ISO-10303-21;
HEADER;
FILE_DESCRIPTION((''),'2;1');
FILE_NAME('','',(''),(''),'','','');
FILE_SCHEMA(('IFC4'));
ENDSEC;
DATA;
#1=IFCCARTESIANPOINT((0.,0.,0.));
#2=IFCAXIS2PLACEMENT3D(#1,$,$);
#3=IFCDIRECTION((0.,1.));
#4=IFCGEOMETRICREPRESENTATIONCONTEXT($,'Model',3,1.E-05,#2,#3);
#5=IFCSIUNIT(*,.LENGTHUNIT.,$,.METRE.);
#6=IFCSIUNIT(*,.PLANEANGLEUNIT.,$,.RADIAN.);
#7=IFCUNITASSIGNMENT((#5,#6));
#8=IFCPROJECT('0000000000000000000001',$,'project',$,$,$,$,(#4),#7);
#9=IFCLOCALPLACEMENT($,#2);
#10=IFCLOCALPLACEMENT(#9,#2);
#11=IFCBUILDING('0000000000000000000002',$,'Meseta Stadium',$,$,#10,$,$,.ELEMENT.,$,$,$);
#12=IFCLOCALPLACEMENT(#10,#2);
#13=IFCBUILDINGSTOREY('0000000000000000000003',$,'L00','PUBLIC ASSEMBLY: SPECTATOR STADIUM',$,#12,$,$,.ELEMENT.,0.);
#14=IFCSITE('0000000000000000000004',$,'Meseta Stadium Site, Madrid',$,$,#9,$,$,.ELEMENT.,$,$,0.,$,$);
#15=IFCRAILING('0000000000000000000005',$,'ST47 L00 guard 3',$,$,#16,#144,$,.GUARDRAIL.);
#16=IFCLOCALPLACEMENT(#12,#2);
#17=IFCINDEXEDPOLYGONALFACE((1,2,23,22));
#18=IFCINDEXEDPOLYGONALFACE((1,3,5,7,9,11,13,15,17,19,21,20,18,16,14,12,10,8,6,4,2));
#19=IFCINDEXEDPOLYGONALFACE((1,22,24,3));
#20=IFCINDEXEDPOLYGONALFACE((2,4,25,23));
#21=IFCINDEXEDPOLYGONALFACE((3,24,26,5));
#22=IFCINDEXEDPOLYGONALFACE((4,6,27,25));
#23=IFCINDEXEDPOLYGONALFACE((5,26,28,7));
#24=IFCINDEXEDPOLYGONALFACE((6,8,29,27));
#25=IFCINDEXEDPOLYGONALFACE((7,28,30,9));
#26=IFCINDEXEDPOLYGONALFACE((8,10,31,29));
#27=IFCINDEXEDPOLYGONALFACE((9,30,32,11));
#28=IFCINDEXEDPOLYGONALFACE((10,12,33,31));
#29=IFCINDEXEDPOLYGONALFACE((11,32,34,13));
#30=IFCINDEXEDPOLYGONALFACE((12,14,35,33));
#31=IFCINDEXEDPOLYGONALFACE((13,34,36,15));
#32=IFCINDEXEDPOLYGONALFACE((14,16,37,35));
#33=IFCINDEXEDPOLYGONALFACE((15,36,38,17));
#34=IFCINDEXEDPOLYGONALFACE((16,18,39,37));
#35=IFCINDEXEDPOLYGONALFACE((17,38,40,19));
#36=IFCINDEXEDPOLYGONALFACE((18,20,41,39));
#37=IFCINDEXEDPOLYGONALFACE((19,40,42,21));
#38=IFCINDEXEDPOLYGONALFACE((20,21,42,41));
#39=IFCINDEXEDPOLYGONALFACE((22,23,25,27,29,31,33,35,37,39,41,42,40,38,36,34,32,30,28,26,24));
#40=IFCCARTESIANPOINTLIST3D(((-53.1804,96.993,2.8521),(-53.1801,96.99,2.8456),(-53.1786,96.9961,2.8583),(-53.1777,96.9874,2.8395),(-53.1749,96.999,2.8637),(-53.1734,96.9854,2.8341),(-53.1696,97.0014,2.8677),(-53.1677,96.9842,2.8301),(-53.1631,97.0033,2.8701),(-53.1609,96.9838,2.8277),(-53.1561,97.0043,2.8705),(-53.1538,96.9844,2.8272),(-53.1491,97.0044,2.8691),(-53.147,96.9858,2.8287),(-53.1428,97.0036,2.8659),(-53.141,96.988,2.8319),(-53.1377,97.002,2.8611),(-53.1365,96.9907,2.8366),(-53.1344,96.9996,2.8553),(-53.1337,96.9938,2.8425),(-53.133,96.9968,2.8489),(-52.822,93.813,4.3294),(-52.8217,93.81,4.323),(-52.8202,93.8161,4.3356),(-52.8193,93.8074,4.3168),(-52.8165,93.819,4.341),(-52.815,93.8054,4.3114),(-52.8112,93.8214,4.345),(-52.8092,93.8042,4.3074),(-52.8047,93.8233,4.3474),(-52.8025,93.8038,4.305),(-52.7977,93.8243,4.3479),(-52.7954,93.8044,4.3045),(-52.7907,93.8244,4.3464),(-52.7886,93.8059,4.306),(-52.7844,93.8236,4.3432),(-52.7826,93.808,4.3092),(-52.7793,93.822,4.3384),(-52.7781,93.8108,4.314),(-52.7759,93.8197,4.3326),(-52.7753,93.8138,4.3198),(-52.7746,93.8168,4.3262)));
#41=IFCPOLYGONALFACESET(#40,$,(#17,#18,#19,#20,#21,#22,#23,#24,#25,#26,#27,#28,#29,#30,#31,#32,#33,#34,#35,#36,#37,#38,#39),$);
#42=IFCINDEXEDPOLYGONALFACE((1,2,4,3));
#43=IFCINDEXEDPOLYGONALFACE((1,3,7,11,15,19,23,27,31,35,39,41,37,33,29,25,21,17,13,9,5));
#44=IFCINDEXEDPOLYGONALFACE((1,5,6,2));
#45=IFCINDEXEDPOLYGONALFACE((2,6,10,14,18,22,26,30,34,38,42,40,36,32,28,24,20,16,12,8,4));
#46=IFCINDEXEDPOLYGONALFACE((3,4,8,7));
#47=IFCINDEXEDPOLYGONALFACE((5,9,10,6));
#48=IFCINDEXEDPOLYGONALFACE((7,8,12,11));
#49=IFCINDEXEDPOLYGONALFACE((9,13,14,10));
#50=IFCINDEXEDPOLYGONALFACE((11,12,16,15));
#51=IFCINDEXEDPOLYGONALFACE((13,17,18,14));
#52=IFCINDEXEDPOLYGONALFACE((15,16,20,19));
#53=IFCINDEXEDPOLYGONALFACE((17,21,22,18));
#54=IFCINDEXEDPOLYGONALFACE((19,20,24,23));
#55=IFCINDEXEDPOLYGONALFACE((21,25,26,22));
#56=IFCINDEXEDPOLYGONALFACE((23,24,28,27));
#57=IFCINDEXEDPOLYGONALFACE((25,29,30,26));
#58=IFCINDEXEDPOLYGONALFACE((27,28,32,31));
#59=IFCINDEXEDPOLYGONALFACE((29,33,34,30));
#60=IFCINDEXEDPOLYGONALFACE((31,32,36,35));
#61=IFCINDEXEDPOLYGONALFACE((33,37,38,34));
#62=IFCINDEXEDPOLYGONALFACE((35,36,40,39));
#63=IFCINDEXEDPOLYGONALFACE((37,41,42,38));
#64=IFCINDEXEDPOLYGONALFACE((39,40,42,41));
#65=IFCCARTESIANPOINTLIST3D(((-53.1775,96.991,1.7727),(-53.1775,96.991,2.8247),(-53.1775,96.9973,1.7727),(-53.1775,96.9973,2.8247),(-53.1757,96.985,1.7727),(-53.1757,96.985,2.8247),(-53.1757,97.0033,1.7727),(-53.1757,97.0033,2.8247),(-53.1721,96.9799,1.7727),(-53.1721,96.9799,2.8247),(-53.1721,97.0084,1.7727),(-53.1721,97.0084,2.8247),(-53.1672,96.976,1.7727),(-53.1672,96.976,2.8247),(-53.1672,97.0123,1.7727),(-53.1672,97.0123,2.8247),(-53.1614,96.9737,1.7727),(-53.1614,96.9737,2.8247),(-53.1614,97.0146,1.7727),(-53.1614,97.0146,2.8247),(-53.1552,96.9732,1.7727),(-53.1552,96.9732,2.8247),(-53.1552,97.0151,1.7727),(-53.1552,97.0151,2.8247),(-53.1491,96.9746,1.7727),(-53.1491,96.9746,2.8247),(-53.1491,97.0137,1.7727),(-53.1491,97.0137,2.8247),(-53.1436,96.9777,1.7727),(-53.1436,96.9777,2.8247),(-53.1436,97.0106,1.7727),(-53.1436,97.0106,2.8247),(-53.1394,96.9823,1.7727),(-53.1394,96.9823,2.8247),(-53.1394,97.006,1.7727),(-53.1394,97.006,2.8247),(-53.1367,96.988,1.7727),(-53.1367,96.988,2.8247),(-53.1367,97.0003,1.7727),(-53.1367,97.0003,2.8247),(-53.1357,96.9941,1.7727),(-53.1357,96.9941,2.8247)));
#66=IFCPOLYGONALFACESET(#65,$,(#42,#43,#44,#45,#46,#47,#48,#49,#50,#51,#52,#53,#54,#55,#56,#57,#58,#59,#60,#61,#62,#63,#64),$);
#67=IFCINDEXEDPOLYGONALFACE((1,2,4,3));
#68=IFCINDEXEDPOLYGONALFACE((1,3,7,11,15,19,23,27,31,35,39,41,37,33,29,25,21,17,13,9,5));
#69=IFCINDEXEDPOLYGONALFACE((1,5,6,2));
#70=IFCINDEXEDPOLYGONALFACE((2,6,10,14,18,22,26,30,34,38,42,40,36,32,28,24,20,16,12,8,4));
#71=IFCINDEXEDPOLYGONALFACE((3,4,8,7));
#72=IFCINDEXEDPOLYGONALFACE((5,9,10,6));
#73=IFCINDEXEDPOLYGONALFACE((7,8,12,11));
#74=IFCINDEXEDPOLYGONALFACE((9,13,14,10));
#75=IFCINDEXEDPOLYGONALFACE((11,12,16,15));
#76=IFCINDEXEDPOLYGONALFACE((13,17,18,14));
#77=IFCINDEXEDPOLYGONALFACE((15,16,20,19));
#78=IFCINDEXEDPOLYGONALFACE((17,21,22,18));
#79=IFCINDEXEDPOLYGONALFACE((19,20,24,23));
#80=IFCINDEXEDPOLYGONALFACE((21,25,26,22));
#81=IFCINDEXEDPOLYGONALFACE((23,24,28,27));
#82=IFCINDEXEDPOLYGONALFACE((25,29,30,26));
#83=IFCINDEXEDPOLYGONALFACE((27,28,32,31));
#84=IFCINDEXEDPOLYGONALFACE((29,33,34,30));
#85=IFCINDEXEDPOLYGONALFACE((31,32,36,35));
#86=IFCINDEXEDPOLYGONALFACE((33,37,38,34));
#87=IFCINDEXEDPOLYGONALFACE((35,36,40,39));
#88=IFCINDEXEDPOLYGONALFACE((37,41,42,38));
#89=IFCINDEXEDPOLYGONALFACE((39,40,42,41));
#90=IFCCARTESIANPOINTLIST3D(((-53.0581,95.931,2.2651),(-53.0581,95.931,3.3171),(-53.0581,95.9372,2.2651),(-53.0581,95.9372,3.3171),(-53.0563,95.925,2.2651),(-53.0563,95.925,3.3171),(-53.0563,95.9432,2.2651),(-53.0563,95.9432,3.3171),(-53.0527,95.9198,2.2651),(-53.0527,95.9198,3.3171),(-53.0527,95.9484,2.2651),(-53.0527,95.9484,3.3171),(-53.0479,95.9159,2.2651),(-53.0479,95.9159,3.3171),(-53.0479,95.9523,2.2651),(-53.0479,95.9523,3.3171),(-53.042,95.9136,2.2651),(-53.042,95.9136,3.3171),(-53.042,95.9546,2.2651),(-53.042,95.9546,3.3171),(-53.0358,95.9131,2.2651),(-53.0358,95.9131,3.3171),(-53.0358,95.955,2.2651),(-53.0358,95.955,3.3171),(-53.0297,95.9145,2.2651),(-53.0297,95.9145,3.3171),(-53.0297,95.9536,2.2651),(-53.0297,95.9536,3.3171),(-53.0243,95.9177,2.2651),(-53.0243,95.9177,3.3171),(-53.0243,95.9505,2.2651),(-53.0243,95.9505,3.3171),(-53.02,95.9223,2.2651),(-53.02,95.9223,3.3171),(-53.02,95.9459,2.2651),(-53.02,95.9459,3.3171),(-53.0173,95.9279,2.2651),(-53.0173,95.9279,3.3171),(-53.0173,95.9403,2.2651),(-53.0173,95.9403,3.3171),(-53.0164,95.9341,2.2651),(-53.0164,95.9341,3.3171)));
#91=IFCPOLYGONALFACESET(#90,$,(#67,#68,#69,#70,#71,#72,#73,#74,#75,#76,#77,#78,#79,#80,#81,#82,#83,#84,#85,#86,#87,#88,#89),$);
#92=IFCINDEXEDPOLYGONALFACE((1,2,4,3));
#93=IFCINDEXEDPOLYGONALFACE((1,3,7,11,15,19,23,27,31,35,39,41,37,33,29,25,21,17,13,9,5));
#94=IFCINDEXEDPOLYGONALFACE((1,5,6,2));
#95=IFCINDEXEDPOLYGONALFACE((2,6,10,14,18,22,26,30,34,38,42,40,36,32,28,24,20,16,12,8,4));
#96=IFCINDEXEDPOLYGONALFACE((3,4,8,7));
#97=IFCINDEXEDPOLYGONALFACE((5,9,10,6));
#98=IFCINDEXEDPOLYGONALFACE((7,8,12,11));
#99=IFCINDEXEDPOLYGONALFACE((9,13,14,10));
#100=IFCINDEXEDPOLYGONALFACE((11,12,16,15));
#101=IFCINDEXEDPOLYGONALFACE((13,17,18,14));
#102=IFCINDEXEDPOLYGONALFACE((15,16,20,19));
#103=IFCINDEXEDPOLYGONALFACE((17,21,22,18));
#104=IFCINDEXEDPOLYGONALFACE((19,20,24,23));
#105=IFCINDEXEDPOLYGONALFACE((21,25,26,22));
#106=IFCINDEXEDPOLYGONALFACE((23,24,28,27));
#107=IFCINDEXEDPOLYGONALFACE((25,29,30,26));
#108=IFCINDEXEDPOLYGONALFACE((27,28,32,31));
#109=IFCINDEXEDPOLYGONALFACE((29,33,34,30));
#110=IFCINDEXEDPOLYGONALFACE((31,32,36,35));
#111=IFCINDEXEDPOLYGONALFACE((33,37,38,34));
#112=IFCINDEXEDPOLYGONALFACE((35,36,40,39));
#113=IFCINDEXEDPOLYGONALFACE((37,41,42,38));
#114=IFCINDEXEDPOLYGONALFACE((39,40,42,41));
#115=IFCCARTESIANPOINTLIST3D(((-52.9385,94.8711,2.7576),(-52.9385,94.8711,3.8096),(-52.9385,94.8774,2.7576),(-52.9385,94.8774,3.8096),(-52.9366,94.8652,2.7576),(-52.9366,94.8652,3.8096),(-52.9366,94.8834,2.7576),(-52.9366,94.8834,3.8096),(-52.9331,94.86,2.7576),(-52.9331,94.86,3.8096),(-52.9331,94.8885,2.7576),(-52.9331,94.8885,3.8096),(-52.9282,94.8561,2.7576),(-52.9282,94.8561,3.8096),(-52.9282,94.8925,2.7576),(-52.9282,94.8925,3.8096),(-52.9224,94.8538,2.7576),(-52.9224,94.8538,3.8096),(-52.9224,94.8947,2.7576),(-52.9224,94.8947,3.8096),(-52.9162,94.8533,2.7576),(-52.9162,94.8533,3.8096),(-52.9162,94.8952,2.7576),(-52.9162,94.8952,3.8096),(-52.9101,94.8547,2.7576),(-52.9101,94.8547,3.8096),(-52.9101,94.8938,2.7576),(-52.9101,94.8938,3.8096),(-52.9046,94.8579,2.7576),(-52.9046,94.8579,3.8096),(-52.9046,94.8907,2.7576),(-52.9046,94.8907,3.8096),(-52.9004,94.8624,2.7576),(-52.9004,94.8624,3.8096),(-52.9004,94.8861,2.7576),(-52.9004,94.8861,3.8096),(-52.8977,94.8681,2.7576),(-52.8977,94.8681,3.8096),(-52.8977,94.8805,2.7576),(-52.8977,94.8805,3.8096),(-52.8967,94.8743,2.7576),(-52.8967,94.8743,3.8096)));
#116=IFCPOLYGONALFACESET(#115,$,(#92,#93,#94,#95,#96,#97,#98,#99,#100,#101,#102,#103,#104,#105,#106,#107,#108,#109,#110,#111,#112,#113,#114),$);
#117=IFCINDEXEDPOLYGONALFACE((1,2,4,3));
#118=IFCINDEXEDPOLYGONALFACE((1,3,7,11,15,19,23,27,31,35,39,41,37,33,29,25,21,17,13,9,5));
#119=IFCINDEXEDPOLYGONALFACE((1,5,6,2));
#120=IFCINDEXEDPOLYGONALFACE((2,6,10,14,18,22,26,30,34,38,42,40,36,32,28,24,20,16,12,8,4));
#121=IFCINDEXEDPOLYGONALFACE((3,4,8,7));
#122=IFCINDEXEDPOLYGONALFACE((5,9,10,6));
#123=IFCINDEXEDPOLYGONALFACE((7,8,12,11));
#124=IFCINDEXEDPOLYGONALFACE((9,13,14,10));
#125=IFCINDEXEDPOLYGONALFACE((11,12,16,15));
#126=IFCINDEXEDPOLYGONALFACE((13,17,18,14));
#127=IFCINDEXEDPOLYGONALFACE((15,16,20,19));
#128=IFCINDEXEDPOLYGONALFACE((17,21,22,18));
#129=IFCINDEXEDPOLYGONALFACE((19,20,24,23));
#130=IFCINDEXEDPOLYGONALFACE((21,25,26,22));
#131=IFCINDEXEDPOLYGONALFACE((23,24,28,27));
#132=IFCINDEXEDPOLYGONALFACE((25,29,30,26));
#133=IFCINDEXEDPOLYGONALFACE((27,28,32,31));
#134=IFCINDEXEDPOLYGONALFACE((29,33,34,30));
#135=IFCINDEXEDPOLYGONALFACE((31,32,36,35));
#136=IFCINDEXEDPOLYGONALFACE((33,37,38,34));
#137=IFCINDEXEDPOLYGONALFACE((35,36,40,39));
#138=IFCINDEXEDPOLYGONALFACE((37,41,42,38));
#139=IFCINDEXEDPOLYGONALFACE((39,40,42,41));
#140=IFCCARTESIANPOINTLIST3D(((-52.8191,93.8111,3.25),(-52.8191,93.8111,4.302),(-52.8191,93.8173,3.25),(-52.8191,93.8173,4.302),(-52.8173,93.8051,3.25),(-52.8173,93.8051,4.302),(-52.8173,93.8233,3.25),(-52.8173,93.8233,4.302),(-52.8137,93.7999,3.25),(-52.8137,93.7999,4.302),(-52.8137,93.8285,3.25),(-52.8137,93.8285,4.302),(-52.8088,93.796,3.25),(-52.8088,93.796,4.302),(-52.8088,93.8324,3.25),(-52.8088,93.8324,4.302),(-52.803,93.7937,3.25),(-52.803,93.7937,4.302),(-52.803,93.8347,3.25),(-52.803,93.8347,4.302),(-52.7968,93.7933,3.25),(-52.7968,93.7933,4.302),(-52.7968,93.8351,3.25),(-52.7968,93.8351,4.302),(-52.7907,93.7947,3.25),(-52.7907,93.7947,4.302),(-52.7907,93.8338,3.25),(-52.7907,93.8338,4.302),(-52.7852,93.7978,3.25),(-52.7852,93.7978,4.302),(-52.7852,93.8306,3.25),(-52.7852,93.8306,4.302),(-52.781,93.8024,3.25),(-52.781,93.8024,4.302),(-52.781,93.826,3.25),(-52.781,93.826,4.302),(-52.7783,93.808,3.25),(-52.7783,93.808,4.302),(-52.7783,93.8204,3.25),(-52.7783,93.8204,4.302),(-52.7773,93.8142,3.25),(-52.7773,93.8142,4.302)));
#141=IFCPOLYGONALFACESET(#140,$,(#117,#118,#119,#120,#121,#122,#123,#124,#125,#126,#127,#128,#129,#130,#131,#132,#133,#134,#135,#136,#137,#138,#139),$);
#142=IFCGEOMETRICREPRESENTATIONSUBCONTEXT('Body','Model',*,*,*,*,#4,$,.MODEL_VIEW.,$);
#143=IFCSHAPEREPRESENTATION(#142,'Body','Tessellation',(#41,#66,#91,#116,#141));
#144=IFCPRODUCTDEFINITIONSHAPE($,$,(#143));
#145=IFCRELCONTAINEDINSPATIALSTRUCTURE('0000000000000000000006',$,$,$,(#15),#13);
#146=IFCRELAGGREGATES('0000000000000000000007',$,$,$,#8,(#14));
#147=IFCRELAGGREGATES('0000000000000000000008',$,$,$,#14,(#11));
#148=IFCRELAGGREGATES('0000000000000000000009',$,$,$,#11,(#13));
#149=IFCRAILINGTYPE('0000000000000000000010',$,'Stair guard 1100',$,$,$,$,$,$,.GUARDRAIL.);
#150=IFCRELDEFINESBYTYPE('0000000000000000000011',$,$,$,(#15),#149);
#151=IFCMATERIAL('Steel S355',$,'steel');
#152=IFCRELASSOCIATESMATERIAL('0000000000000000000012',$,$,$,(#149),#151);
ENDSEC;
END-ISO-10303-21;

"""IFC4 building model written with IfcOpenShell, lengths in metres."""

from ifc_helpers import new_model, si_unit, direction, frame, origin, origin_2d, place, context, subcontext, project, spatial, circle, extrude, material, type_object, element, save


model = new_model("IFC4")

# Units and contexts
model_context = context("Model", 3, precision=1e-05, world=origin(), true_north=direction((0.0, 1.0)))
body_context = subcontext(model_context, "Body", "Model", "MODEL_VIEW")
ifc_project = project(units=[si_unit("LENGTHUNIT", "METRE"), si_unit("PLANEANGLEUNIT", "RADIAN")], contexts=[model_context])

# Site, building, storey
site_placement = place(None, origin())
site = spatial("IfcSite", under=ifc_project, at=site_placement, Name="Meseta Stadium Site, Madrid", CompositionType="ELEMENT", RefElevation=0.0)
building_placement = place(site_placement, origin())
building = spatial("IfcBuilding", under=site, at=building_placement, Name="Meseta Stadium", CompositionType="ELEMENT")
storey_placement = place(building_placement, origin())
storey = spatial("IfcBuildingStorey", under=building, at=storey_placement, Name="L00", Description="PUBLIC ASSEMBLY: SPECTATOR STADIUM", CompositionType="ELEMENT", Elevation=0.0)

# Railing
ifc_material_1 = material(Name="Steel S355", Category="steel")
railing_type_1 = type_object("IfcRailingType", Name="Stair guard 1100", PredefinedType="GUARDRAIL", material=ifc_material_1)
railing_1_placement = place(storey_placement, frame((-53.1567, 96.9941, 1.7727)))
element("IfcRailing", 1, at=railing_1_placement, inside=storey, type_object=railing_type_1, Name="ST47 L00 guard 3", PredefinedType="GUARDRAIL", context=body_context, shape_type="SweptSolid", body=[
    extrude(circle(Radius=0.0239, at=origin_2d()), frame((0.0, 0.0, 1.0762), z_axis=(0.101685, -0.90221, 0.419138), x_axis=(0.993709, 0.111997, 0.0)), (0.0, 0.0, 1.0), 3.5247),
    extrude(circle(Radius=0.021, at=origin_2d()), origin(), (0.0, 0.0, 1.0), 1.052),
    extrude(circle(Radius=0.021, at=origin_2d()), frame((0.1194, -1.0601, 0.4924)), (0.0, 0.0, 1.0), 1.052),
    extrude(circle(Radius=0.021, at=origin_2d()), frame((0.239, -2.1199, 0.9849)), (0.0, 0.0, 1.0), 1.052),
    extrude(circle(Radius=0.021, at=origin_2d()), frame((0.3584, -3.1799, 1.4773)), (0.0, 0.0, 1.0), 1.052),
])

save(model, "model.ifc")
